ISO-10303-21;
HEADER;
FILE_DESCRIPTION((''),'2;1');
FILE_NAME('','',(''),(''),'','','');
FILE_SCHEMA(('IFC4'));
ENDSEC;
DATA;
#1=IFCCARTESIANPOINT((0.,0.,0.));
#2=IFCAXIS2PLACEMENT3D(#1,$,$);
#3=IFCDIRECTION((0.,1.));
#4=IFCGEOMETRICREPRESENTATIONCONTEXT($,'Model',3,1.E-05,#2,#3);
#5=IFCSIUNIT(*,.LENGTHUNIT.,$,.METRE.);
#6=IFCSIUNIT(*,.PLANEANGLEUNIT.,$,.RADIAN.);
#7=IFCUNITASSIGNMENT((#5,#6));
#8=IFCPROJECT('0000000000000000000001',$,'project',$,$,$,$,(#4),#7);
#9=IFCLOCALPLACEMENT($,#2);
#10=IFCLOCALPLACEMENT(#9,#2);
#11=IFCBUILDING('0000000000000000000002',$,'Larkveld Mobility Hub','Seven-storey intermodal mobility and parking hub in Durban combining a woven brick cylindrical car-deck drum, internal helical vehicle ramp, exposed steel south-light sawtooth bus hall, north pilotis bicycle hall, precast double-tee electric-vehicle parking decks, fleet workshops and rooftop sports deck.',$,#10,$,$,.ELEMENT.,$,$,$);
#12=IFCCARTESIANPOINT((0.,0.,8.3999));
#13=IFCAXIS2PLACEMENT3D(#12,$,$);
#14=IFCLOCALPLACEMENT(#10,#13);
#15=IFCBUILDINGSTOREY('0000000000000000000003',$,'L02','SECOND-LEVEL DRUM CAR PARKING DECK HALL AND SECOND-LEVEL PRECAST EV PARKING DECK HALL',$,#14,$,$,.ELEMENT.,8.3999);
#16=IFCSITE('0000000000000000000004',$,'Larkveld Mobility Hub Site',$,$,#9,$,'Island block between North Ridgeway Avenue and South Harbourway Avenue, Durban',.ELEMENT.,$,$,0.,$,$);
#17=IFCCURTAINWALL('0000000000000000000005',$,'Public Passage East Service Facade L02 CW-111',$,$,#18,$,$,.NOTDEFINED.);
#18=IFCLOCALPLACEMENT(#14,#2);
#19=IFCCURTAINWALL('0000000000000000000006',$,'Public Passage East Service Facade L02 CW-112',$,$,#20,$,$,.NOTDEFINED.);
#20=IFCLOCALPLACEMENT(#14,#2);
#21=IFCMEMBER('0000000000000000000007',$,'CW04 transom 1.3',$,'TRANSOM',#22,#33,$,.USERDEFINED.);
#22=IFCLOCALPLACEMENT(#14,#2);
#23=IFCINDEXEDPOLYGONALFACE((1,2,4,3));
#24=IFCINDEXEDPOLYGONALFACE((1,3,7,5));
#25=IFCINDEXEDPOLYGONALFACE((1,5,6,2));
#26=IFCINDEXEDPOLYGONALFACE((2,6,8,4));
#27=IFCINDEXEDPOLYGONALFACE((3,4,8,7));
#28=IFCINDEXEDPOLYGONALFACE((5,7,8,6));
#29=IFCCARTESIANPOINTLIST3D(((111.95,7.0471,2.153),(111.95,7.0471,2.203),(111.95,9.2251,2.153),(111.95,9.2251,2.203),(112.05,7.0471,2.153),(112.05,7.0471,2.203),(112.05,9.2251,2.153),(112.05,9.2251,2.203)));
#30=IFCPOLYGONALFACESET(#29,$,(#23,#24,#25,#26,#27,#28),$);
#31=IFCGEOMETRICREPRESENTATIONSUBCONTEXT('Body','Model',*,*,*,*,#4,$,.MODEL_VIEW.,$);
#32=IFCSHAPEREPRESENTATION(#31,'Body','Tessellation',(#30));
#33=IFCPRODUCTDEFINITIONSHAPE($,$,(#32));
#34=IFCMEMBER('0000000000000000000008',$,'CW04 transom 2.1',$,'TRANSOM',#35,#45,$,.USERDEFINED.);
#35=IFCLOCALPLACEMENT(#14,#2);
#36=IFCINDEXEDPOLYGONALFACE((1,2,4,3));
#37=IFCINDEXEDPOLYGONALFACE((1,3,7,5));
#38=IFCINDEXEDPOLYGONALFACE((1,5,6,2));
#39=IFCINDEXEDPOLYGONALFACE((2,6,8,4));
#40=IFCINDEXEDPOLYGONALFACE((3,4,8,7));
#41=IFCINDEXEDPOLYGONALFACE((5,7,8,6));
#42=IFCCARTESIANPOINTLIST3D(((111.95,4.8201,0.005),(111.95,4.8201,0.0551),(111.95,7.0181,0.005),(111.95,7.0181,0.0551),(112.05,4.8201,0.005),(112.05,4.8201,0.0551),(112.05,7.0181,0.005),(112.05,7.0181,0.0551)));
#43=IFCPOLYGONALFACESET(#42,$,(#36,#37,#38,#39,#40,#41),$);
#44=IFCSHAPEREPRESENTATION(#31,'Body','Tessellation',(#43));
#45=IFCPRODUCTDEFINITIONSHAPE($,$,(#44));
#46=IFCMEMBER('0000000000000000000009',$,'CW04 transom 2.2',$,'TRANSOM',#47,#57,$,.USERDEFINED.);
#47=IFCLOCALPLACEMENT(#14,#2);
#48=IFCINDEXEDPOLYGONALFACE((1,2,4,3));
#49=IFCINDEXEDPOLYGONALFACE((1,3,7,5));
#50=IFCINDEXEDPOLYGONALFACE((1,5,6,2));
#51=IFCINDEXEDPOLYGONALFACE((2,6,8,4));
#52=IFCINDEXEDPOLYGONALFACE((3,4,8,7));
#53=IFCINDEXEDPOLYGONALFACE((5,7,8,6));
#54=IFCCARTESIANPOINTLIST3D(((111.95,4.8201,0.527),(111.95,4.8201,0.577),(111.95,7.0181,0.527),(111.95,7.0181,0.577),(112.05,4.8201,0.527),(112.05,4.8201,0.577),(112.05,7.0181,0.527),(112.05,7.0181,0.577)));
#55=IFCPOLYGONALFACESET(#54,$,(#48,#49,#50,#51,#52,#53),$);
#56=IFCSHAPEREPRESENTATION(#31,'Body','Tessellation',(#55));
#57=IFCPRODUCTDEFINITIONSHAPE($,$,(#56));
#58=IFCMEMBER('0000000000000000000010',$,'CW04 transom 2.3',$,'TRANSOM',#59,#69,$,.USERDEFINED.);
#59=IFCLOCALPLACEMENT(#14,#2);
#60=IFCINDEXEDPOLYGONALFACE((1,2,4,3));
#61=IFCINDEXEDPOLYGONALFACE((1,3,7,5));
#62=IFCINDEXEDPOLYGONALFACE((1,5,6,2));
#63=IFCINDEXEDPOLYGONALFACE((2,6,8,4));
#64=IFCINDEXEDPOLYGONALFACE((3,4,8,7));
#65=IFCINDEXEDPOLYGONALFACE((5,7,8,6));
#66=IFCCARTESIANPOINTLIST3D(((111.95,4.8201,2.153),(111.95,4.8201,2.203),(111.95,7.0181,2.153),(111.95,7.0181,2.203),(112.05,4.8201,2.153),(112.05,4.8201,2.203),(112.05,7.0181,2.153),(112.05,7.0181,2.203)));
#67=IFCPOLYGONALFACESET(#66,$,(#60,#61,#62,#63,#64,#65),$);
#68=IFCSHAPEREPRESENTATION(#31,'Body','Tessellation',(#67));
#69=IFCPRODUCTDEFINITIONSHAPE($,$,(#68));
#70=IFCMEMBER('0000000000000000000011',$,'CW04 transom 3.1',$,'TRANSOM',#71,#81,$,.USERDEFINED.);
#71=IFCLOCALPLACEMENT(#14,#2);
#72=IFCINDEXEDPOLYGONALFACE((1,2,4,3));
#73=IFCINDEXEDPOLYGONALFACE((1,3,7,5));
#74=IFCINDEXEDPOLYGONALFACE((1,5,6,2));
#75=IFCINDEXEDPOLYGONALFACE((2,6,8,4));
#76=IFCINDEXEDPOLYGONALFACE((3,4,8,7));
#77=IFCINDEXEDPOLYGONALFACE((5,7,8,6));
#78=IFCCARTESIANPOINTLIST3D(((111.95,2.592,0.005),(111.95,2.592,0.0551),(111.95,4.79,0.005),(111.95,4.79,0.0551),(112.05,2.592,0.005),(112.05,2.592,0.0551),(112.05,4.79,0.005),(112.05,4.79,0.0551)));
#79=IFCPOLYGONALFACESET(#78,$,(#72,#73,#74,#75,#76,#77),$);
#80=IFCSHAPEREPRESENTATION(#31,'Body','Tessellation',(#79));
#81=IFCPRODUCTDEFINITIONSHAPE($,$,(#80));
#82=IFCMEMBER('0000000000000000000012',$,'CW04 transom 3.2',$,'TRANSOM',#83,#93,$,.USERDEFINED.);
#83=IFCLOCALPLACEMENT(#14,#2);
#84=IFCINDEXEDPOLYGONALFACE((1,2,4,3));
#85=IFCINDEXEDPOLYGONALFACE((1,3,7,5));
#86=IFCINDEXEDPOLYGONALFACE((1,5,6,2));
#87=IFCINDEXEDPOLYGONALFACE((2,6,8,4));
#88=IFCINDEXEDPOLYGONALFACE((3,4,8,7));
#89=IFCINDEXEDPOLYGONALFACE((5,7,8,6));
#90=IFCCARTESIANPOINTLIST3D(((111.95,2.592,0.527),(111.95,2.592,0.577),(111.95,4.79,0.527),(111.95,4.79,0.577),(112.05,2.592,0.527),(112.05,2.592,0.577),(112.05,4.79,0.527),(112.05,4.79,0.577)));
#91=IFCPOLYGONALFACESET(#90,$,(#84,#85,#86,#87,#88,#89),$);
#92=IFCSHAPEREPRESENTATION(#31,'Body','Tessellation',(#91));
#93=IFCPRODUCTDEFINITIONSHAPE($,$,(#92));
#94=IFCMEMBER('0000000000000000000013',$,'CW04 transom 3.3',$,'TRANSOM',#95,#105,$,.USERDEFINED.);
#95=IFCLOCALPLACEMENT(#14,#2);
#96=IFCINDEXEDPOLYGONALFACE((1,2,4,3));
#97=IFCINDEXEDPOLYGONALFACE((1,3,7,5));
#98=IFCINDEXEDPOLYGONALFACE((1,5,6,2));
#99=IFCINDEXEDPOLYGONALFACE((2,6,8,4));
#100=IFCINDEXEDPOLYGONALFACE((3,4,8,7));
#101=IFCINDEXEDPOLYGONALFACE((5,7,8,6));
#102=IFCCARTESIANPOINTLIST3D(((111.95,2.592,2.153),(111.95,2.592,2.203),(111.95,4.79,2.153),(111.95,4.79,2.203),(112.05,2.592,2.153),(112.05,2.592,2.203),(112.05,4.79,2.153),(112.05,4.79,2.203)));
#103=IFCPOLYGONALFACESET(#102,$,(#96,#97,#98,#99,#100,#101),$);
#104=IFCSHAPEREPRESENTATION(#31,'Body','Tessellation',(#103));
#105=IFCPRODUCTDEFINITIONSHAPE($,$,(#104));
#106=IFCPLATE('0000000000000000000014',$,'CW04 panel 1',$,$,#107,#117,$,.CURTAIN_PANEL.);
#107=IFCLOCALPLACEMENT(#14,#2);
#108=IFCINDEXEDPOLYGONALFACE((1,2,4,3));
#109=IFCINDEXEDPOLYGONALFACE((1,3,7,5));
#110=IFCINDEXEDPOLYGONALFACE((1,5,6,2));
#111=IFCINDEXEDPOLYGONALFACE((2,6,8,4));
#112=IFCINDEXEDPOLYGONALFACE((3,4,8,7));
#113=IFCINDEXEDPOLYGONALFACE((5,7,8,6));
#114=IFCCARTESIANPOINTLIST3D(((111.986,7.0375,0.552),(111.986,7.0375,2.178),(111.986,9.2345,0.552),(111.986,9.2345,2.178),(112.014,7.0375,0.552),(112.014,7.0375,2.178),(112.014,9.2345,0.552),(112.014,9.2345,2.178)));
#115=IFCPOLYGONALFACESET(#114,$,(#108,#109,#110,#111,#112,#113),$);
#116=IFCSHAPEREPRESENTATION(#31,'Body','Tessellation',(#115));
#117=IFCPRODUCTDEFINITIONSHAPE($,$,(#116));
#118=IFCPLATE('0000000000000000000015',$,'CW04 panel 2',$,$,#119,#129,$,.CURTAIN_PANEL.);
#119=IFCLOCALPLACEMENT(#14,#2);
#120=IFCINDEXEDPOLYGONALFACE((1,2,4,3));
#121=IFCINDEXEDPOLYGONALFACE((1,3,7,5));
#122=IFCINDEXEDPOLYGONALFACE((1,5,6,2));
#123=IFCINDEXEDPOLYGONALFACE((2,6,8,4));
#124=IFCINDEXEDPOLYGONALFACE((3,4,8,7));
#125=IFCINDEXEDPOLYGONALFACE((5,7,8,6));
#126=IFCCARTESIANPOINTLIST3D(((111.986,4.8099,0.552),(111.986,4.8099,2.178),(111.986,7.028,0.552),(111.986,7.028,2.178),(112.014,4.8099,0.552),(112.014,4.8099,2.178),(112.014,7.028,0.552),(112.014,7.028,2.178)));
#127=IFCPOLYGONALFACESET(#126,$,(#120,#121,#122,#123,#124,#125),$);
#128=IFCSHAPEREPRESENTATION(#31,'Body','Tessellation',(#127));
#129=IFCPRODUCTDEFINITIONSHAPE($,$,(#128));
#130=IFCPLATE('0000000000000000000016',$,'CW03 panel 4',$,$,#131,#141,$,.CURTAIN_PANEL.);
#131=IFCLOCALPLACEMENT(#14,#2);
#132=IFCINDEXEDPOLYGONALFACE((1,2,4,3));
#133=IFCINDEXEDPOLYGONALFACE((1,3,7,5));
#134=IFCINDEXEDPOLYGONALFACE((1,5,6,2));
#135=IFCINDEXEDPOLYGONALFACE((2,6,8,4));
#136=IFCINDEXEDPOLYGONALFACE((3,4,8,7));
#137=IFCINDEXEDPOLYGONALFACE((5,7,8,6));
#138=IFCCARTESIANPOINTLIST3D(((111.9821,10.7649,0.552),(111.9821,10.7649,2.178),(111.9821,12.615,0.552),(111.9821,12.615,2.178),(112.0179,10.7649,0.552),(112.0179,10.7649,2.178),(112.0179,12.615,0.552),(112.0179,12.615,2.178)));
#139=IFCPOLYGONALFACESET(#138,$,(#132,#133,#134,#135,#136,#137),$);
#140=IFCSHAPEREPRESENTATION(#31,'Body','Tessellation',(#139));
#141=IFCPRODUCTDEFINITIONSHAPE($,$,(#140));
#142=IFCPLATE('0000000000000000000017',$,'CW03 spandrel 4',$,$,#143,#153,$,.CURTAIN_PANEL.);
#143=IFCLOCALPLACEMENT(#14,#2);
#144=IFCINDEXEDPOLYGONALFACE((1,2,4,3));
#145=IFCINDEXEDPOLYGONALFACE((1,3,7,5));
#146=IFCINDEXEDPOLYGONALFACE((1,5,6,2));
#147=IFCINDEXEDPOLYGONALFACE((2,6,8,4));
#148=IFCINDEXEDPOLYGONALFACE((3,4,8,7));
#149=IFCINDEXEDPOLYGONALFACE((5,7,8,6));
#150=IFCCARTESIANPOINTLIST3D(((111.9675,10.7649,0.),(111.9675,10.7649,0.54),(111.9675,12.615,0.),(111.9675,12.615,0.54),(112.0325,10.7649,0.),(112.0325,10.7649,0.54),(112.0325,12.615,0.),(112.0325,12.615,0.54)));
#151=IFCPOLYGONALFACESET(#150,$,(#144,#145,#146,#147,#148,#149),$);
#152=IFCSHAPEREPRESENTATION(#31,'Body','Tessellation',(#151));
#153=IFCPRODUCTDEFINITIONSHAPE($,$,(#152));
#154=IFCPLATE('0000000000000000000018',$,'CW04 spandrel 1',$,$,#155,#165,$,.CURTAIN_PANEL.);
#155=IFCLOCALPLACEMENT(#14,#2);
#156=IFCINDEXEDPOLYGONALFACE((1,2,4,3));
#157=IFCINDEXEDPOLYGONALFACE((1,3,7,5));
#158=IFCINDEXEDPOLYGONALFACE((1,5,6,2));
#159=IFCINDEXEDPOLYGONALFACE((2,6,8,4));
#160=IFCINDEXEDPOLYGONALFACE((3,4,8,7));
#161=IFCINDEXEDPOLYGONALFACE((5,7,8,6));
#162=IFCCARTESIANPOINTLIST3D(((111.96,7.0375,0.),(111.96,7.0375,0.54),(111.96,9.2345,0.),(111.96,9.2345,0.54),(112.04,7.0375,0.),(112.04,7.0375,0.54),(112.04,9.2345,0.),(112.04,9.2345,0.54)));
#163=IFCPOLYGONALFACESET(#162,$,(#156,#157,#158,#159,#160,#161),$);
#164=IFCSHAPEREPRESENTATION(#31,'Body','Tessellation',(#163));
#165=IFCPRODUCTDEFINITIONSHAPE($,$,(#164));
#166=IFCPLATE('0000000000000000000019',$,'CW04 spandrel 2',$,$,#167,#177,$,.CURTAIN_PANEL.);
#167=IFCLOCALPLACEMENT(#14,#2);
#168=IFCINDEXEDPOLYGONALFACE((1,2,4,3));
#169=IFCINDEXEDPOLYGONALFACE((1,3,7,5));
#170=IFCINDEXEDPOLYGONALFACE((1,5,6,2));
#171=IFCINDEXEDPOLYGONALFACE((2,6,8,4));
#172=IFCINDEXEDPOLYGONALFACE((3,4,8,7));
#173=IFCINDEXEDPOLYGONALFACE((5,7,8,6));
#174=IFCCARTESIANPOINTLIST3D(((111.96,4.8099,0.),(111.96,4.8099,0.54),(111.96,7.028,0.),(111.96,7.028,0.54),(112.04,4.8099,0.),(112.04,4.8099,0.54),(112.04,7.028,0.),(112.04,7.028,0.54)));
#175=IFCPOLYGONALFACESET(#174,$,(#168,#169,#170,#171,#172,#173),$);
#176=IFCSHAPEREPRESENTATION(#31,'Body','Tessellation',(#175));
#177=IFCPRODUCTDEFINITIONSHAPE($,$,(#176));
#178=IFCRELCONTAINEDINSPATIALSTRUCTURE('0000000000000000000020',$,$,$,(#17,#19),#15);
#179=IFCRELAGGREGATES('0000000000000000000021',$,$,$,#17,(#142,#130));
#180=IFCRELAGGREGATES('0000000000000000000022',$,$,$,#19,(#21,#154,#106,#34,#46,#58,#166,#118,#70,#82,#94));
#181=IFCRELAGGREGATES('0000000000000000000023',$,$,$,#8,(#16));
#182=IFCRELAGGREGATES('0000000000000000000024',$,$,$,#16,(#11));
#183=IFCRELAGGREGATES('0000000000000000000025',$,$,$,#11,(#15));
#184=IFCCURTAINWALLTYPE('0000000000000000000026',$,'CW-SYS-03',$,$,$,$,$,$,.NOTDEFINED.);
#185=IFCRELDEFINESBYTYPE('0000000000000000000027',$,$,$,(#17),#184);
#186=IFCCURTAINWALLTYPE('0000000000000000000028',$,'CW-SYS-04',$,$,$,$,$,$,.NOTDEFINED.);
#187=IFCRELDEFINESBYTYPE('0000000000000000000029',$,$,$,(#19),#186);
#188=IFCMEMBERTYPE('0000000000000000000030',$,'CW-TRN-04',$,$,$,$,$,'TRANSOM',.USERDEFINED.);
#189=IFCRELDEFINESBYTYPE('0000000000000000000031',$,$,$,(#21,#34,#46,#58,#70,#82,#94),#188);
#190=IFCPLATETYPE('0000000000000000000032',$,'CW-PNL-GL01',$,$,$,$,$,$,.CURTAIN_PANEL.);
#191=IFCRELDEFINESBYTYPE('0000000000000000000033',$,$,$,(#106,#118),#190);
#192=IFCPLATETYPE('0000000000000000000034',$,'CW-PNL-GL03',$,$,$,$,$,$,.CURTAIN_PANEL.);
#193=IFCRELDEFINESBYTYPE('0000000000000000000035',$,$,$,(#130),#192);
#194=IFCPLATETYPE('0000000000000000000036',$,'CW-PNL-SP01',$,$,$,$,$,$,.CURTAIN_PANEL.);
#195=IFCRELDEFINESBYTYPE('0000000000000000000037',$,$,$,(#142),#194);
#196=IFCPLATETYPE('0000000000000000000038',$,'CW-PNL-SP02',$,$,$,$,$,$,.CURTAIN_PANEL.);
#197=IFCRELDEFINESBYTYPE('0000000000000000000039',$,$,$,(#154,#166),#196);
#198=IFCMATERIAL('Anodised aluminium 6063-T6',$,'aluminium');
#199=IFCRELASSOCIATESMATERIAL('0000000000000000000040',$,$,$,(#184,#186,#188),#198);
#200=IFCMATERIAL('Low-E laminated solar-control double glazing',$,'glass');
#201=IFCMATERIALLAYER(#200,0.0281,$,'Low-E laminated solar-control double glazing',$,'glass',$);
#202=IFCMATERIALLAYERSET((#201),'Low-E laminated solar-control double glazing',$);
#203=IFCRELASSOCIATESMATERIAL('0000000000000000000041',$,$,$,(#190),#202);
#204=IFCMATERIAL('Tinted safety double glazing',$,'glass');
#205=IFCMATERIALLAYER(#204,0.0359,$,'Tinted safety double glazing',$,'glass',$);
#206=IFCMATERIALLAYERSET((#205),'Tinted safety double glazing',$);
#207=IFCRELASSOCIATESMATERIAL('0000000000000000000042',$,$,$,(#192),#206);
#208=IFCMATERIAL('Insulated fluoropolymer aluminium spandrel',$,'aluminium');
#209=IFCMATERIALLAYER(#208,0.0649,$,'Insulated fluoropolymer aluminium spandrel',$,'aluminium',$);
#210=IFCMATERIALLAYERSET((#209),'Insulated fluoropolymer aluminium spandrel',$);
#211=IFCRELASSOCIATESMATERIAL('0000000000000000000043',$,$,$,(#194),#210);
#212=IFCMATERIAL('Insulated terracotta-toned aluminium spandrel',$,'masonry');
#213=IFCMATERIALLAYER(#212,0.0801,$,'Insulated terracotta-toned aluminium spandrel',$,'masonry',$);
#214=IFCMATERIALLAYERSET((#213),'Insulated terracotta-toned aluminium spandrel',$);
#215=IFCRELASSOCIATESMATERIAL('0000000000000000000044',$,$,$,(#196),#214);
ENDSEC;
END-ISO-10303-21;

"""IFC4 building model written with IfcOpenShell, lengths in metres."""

from ifc_helpers import new_model, si_unit, direction, frame, origin, origin_2d, place, context, subcontext, project, spatial, rectangle, extrude, material, layer, layer_set, material_profile, profile_set, type_object, element, aggregate, save


model = new_model("IFC4")

# Units and contexts
model_context = context("Model", 3, precision=1e-05, world=origin(), true_north=direction((0.0, 1.0)))
body_context = subcontext(model_context, "Body", "Model", "MODEL_VIEW")
ifc_project = project(units=[si_unit("LENGTHUNIT", "METRE"), si_unit("PLANEANGLEUNIT", "RADIAN")], contexts=[model_context])

# Site, building, storey
site_placement = place(None, origin())
site = spatial("IfcSite", under=ifc_project, at=site_placement, Name="Larkveld Mobility Hub Site", LongName="Island block between North Ridgeway Avenue and South Harbourway Avenue, Durban", CompositionType="ELEMENT", RefElevation=0.0)
building_placement = place(site_placement, origin())
building = spatial("IfcBuilding", under=site, at=building_placement, Name="Larkveld Mobility Hub", Description="Seven-storey intermodal mobility and parking hub in Durban combining a woven brick cylindrical car-deck drum, internal helical vehicle ramp, exposed steel south-light sawtooth bus hall, north pilotis bicycle hall, precast double-tee electric-vehicle parking decks, fleet workshops and rooftop sports deck.", CompositionType="ELEMENT")
storey_placement = place(building_placement, frame((0.0, 0.0, 8.3999)))
storey = spatial("IfcBuildingStorey", under=building, at=storey_placement, Name="L02", Description="SECOND-LEVEL DRUM CAR PARKING DECK HALL AND SECOND-LEVEL PRECAST EV PARKING DECK HALL", CompositionType="ELEMENT", Elevation=8.3999)

# Curtain walls
ifc_material_1 = material(Name="Anodised aluminium 6063-T6", Category="aluminium")
curtain_wall_type_1 = type_object("IfcCurtainWallType", Name="CW-SYS-03", PredefinedType="NOTDEFINED", material=ifc_material_1)
curtain_wall_1_placement = place(storey_placement, origin())
curtain_wall_1 = element("IfcCurtainWall", 1, at=curtain_wall_1_placement, inside=storey, type_object=curtain_wall_type_1, Name="Public Passage East Service Facade L02 CW-111", PredefinedType="NOTDEFINED")
curtain_wall_type_2 = type_object("IfcCurtainWallType", Name="CW-SYS-04", PredefinedType="NOTDEFINED", material=ifc_material_1)
curtain_wall_2_placement = place(storey_placement, origin())
curtain_wall_2 = element("IfcCurtainWall", 2, at=curtain_wall_2_placement, inside=storey, type_object=curtain_wall_type_2, Name="Public Passage East Service Facade L02 CW-112", PredefinedType="NOTDEFINED")

# Members
ifc_material_profile_1 = material_profile(ifc_material_1, rectangle(XDim=0.1001, YDim=0.05, at=origin_2d()), Name="ALU TRAN 50x100")
ifc_profile_set_1 = profile_set([ifc_material_profile_1], Name="Anodised aluminium 6063-T6")
member_type_1 = type_object("IfcMemberType", Name="CW-TRN-04", ElementType="TRANSOM", PredefinedType="USERDEFINED", material=ifc_profile_set_1)
member_1_placement = place(storey_placement, frame((112.0, 9.2251, 2.178), z_axis=(0.0, -1.0, 0.0), x_axis=(1.0, 0.0, 0.0)))
member_1 = element("IfcMember", 3, at=member_1_placement, type_object=member_type_1, Name="CW04 transom 1.3", ObjectType="TRANSOM", PredefinedType="USERDEFINED", context=body_context, shape_type="SweptSolid", body=[
    extrude(rectangle(XDim=0.1001, YDim=0.05, at=origin_2d()), origin(), (0.0, 0.0, 1.0), 2.178),
])
member_2_placement = place(storey_placement, frame((112.0, 7.0181, 0.03), z_axis=(0.0, -1.0, 0.0), x_axis=(1.0, 0.0, 0.0)))
member_2 = element("IfcMember", 4, at=member_2_placement, type_object=member_type_1, Name="CW04 transom 2.1", ObjectType="TRANSOM", PredefinedType="USERDEFINED", context=body_context, shape_type="SweptSolid", body=[
    extrude(rectangle(XDim=0.1001, YDim=0.05, at=origin_2d()), origin(), (0.0, 0.0, 1.0), 2.198),
])
member_3_placement = place(storey_placement, frame((112.0, 7.0181, 0.552), z_axis=(0.0, -1.0, 0.0), x_axis=(1.0, 0.0, 0.0)))
member_3 = element("IfcMember", 5, at=member_3_placement, type_object=member_type_1, Name="CW04 transom 2.2", ObjectType="TRANSOM", PredefinedType="USERDEFINED", context=body_context, shape_type="SweptSolid", body=[
    extrude(rectangle(XDim=0.1001, YDim=0.05, at=origin_2d()), origin(), (0.0, 0.0, 1.0), 2.198),
])
member_4_placement = place(storey_placement, frame((112.0, 7.0181, 2.178), z_axis=(0.0, -1.0, 0.0), x_axis=(1.0, 0.0, 0.0)))
member_4 = element("IfcMember", 6, at=member_4_placement, type_object=member_type_1, Name="CW04 transom 2.3", ObjectType="TRANSOM", PredefinedType="USERDEFINED", context=body_context, shape_type="SweptSolid", body=[
    extrude(rectangle(XDim=0.1001, YDim=0.05, at=origin_2d()), origin(), (0.0, 0.0, 1.0), 2.198),
])
member_5_placement = place(storey_placement, frame((112.0, 4.79, 0.03), z_axis=(0.0, -1.0, 0.0), x_axis=(1.0, 0.0, 0.0)))
member_5 = element("IfcMember", 7, at=member_5_placement, type_object=member_type_1, Name="CW04 transom 3.1", ObjectType="TRANSOM", PredefinedType="USERDEFINED", context=body_context, shape_type="SweptSolid", body=[
    extrude(rectangle(XDim=0.1001, YDim=0.05, at=origin_2d()), origin(), (0.0, 0.0, 1.0), 2.198),
])
member_6_placement = place(storey_placement, frame((112.0, 4.79, 0.552), z_axis=(0.0, -1.0, 0.0), x_axis=(1.0, 0.0, 0.0)))
member_6 = element("IfcMember", 8, at=member_6_placement, type_object=member_type_1, Name="CW04 transom 3.2", ObjectType="TRANSOM", PredefinedType="USERDEFINED", context=body_context, shape_type="SweptSolid", body=[
    extrude(rectangle(XDim=0.1001, YDim=0.05, at=origin_2d()), origin(), (0.0, 0.0, 1.0), 2.198),
])
member_7_placement = place(storey_placement, frame((112.0, 4.79, 2.178), z_axis=(0.0, -1.0, 0.0), x_axis=(1.0, 0.0, 0.0)))
member_7 = element("IfcMember", 9, at=member_7_placement, type_object=member_type_1, Name="CW04 transom 3.3", ObjectType="TRANSOM", PredefinedType="USERDEFINED", context=body_context, shape_type="SweptSolid", body=[
    extrude(rectangle(XDim=0.1001, YDim=0.05, at=origin_2d()), origin(), (0.0, 0.0, 1.0), 2.198),
])

# Plates
ifc_material_2 = material(Name="Low-E laminated solar-control double glazing", Category="glass")
ifc_layer_1 = layer(ifc_material_2, 0.0281, Name="Low-E laminated solar-control double glazing", Category="glass")
ifc_layer_set_1 = layer_set([ifc_layer_1], Name="Low-E laminated solar-control double glazing")
plate_type_1 = type_object("IfcPlateType", Name="CW-PNL-GL01", PredefinedType="CURTAIN_PANEL", material=ifc_layer_set_1)
plate_1_placement = place(storey_placement, frame((112.0, 8.136, 0.552), z_axis=(0.0, 0.0, 1.0), x_axis=(0.0, -1.0, 0.0)))
plate_1 = element("IfcPlate", 10, at=plate_1_placement, type_object=plate_type_1, Name="CW04 panel 1", PredefinedType="CURTAIN_PANEL", context=body_context, shape_type="SweptSolid", body=[
    extrude(rectangle(XDim=2.197, YDim=0.0281, at=origin_2d()), origin(), (0.0, 0.0, 1.0), 1.626),
])
plate_2_placement = place(storey_placement, frame((112.0, 5.9189, 0.552), z_axis=(0.0, 0.0, 1.0), x_axis=(0.0, -1.0, 0.0)))
plate_2 = element("IfcPlate", 11, at=plate_2_placement, type_object=plate_type_1, Name="CW04 panel 2", PredefinedType="CURTAIN_PANEL", context=body_context, shape_type="SweptSolid", body=[
    extrude(rectangle(XDim=2.218, YDim=0.0281, at=origin_2d()), origin(), (0.0, 0.0, 1.0), 1.626),
])
ifc_material_3 = material(Name="Tinted safety double glazing", Category="glass")
ifc_layer_2 = layer(ifc_material_3, 0.0359, Name="Tinted safety double glazing", Category="glass")
ifc_layer_set_2 = layer_set([ifc_layer_2], Name="Tinted safety double glazing")
plate_type_2 = type_object("IfcPlateType", Name="CW-PNL-GL03", PredefinedType="CURTAIN_PANEL", material=ifc_layer_set_2)
plate_3_placement = place(storey_placement, frame((112.0, 11.6899, 0.552), z_axis=(0.0, 0.0, 1.0), x_axis=(0.0, -1.0, 0.0)))
plate_3 = element("IfcPlate", 12, at=plate_3_placement, type_object=plate_type_2, Name="CW03 panel 4", PredefinedType="CURTAIN_PANEL", context=body_context, shape_type="SweptSolid", body=[
    extrude(rectangle(XDim=1.8501, YDim=0.0359, at=origin_2d()), origin(), (0.0, 0.0, 1.0), 1.626),
])
ifc_material_4 = material(Name="Insulated fluoropolymer aluminium spandrel", Category="aluminium")
ifc_layer_3 = layer(ifc_material_4, 0.0649, Name="Insulated fluoropolymer aluminium spandrel", Category="aluminium")
ifc_layer_set_3 = layer_set([ifc_layer_3], Name="Insulated fluoropolymer aluminium spandrel")
plate_type_3 = type_object("IfcPlateType", Name="CW-PNL-SP01", PredefinedType="CURTAIN_PANEL", material=ifc_layer_set_3)
plate_4_placement = place(storey_placement, frame((112.0, 11.6899, 0.0), z_axis=(0.0, 0.0, 1.0), x_axis=(0.0, -1.0, 0.0)))
plate_4 = element("IfcPlate", 13, at=plate_4_placement, type_object=plate_type_3, Name="CW03 spandrel 4", PredefinedType="CURTAIN_PANEL", context=body_context, shape_type="SweptSolid", body=[
    extrude(rectangle(XDim=1.8501, YDim=0.0649, at=origin_2d()), origin(), (0.0, 0.0, 1.0), 0.54),
])
aggregate(curtain_wall_1, [plate_4, plate_3])
ifc_material_5 = material(Name="Insulated terracotta-toned aluminium spandrel", Category="masonry")
ifc_layer_4 = layer(ifc_material_5, 0.0801, Name="Insulated terracotta-toned aluminium spandrel", Category="masonry")
ifc_layer_set_4 = layer_set([ifc_layer_4], Name="Insulated terracotta-toned aluminium spandrel")
plate_type_4 = type_object("IfcPlateType", Name="CW-PNL-SP02", PredefinedType="CURTAIN_PANEL", material=ifc_layer_set_4)
plate_5_placement = place(storey_placement, frame((112.0, 8.136, 0.0), z_axis=(0.0, 0.0, 1.0), x_axis=(0.0, -1.0, 0.0)))
plate_5 = element("IfcPlate", 14, at=plate_5_placement, type_object=plate_type_4, Name="CW04 spandrel 1", PredefinedType="CURTAIN_PANEL", context=body_context, shape_type="SweptSolid", body=[
    extrude(rectangle(XDim=2.197, YDim=0.0801, at=origin_2d()), origin(), (0.0, 0.0, 1.0), 0.54),
])
plate_6_placement = place(storey_placement, frame((112.0, 5.9189, 0.0), z_axis=(0.0, 0.0, 1.0), x_axis=(0.0, -1.0, 0.0)))
plate_6 = element("IfcPlate", 15, at=plate_6_placement, type_object=plate_type_4, Name="CW04 spandrel 2", PredefinedType="CURTAIN_PANEL", context=body_context, shape_type="SweptSolid", body=[
    extrude(rectangle(XDim=2.218, YDim=0.0801, at=origin_2d()), origin(), (0.0, 0.0, 1.0), 0.54),
])
aggregate(curtain_wall_2, [member_1, plate_5, plate_1, member_2, member_3, member_4, plate_6, plate_2, member_5, member_6, member_7])

save(model, "model.ifc")
